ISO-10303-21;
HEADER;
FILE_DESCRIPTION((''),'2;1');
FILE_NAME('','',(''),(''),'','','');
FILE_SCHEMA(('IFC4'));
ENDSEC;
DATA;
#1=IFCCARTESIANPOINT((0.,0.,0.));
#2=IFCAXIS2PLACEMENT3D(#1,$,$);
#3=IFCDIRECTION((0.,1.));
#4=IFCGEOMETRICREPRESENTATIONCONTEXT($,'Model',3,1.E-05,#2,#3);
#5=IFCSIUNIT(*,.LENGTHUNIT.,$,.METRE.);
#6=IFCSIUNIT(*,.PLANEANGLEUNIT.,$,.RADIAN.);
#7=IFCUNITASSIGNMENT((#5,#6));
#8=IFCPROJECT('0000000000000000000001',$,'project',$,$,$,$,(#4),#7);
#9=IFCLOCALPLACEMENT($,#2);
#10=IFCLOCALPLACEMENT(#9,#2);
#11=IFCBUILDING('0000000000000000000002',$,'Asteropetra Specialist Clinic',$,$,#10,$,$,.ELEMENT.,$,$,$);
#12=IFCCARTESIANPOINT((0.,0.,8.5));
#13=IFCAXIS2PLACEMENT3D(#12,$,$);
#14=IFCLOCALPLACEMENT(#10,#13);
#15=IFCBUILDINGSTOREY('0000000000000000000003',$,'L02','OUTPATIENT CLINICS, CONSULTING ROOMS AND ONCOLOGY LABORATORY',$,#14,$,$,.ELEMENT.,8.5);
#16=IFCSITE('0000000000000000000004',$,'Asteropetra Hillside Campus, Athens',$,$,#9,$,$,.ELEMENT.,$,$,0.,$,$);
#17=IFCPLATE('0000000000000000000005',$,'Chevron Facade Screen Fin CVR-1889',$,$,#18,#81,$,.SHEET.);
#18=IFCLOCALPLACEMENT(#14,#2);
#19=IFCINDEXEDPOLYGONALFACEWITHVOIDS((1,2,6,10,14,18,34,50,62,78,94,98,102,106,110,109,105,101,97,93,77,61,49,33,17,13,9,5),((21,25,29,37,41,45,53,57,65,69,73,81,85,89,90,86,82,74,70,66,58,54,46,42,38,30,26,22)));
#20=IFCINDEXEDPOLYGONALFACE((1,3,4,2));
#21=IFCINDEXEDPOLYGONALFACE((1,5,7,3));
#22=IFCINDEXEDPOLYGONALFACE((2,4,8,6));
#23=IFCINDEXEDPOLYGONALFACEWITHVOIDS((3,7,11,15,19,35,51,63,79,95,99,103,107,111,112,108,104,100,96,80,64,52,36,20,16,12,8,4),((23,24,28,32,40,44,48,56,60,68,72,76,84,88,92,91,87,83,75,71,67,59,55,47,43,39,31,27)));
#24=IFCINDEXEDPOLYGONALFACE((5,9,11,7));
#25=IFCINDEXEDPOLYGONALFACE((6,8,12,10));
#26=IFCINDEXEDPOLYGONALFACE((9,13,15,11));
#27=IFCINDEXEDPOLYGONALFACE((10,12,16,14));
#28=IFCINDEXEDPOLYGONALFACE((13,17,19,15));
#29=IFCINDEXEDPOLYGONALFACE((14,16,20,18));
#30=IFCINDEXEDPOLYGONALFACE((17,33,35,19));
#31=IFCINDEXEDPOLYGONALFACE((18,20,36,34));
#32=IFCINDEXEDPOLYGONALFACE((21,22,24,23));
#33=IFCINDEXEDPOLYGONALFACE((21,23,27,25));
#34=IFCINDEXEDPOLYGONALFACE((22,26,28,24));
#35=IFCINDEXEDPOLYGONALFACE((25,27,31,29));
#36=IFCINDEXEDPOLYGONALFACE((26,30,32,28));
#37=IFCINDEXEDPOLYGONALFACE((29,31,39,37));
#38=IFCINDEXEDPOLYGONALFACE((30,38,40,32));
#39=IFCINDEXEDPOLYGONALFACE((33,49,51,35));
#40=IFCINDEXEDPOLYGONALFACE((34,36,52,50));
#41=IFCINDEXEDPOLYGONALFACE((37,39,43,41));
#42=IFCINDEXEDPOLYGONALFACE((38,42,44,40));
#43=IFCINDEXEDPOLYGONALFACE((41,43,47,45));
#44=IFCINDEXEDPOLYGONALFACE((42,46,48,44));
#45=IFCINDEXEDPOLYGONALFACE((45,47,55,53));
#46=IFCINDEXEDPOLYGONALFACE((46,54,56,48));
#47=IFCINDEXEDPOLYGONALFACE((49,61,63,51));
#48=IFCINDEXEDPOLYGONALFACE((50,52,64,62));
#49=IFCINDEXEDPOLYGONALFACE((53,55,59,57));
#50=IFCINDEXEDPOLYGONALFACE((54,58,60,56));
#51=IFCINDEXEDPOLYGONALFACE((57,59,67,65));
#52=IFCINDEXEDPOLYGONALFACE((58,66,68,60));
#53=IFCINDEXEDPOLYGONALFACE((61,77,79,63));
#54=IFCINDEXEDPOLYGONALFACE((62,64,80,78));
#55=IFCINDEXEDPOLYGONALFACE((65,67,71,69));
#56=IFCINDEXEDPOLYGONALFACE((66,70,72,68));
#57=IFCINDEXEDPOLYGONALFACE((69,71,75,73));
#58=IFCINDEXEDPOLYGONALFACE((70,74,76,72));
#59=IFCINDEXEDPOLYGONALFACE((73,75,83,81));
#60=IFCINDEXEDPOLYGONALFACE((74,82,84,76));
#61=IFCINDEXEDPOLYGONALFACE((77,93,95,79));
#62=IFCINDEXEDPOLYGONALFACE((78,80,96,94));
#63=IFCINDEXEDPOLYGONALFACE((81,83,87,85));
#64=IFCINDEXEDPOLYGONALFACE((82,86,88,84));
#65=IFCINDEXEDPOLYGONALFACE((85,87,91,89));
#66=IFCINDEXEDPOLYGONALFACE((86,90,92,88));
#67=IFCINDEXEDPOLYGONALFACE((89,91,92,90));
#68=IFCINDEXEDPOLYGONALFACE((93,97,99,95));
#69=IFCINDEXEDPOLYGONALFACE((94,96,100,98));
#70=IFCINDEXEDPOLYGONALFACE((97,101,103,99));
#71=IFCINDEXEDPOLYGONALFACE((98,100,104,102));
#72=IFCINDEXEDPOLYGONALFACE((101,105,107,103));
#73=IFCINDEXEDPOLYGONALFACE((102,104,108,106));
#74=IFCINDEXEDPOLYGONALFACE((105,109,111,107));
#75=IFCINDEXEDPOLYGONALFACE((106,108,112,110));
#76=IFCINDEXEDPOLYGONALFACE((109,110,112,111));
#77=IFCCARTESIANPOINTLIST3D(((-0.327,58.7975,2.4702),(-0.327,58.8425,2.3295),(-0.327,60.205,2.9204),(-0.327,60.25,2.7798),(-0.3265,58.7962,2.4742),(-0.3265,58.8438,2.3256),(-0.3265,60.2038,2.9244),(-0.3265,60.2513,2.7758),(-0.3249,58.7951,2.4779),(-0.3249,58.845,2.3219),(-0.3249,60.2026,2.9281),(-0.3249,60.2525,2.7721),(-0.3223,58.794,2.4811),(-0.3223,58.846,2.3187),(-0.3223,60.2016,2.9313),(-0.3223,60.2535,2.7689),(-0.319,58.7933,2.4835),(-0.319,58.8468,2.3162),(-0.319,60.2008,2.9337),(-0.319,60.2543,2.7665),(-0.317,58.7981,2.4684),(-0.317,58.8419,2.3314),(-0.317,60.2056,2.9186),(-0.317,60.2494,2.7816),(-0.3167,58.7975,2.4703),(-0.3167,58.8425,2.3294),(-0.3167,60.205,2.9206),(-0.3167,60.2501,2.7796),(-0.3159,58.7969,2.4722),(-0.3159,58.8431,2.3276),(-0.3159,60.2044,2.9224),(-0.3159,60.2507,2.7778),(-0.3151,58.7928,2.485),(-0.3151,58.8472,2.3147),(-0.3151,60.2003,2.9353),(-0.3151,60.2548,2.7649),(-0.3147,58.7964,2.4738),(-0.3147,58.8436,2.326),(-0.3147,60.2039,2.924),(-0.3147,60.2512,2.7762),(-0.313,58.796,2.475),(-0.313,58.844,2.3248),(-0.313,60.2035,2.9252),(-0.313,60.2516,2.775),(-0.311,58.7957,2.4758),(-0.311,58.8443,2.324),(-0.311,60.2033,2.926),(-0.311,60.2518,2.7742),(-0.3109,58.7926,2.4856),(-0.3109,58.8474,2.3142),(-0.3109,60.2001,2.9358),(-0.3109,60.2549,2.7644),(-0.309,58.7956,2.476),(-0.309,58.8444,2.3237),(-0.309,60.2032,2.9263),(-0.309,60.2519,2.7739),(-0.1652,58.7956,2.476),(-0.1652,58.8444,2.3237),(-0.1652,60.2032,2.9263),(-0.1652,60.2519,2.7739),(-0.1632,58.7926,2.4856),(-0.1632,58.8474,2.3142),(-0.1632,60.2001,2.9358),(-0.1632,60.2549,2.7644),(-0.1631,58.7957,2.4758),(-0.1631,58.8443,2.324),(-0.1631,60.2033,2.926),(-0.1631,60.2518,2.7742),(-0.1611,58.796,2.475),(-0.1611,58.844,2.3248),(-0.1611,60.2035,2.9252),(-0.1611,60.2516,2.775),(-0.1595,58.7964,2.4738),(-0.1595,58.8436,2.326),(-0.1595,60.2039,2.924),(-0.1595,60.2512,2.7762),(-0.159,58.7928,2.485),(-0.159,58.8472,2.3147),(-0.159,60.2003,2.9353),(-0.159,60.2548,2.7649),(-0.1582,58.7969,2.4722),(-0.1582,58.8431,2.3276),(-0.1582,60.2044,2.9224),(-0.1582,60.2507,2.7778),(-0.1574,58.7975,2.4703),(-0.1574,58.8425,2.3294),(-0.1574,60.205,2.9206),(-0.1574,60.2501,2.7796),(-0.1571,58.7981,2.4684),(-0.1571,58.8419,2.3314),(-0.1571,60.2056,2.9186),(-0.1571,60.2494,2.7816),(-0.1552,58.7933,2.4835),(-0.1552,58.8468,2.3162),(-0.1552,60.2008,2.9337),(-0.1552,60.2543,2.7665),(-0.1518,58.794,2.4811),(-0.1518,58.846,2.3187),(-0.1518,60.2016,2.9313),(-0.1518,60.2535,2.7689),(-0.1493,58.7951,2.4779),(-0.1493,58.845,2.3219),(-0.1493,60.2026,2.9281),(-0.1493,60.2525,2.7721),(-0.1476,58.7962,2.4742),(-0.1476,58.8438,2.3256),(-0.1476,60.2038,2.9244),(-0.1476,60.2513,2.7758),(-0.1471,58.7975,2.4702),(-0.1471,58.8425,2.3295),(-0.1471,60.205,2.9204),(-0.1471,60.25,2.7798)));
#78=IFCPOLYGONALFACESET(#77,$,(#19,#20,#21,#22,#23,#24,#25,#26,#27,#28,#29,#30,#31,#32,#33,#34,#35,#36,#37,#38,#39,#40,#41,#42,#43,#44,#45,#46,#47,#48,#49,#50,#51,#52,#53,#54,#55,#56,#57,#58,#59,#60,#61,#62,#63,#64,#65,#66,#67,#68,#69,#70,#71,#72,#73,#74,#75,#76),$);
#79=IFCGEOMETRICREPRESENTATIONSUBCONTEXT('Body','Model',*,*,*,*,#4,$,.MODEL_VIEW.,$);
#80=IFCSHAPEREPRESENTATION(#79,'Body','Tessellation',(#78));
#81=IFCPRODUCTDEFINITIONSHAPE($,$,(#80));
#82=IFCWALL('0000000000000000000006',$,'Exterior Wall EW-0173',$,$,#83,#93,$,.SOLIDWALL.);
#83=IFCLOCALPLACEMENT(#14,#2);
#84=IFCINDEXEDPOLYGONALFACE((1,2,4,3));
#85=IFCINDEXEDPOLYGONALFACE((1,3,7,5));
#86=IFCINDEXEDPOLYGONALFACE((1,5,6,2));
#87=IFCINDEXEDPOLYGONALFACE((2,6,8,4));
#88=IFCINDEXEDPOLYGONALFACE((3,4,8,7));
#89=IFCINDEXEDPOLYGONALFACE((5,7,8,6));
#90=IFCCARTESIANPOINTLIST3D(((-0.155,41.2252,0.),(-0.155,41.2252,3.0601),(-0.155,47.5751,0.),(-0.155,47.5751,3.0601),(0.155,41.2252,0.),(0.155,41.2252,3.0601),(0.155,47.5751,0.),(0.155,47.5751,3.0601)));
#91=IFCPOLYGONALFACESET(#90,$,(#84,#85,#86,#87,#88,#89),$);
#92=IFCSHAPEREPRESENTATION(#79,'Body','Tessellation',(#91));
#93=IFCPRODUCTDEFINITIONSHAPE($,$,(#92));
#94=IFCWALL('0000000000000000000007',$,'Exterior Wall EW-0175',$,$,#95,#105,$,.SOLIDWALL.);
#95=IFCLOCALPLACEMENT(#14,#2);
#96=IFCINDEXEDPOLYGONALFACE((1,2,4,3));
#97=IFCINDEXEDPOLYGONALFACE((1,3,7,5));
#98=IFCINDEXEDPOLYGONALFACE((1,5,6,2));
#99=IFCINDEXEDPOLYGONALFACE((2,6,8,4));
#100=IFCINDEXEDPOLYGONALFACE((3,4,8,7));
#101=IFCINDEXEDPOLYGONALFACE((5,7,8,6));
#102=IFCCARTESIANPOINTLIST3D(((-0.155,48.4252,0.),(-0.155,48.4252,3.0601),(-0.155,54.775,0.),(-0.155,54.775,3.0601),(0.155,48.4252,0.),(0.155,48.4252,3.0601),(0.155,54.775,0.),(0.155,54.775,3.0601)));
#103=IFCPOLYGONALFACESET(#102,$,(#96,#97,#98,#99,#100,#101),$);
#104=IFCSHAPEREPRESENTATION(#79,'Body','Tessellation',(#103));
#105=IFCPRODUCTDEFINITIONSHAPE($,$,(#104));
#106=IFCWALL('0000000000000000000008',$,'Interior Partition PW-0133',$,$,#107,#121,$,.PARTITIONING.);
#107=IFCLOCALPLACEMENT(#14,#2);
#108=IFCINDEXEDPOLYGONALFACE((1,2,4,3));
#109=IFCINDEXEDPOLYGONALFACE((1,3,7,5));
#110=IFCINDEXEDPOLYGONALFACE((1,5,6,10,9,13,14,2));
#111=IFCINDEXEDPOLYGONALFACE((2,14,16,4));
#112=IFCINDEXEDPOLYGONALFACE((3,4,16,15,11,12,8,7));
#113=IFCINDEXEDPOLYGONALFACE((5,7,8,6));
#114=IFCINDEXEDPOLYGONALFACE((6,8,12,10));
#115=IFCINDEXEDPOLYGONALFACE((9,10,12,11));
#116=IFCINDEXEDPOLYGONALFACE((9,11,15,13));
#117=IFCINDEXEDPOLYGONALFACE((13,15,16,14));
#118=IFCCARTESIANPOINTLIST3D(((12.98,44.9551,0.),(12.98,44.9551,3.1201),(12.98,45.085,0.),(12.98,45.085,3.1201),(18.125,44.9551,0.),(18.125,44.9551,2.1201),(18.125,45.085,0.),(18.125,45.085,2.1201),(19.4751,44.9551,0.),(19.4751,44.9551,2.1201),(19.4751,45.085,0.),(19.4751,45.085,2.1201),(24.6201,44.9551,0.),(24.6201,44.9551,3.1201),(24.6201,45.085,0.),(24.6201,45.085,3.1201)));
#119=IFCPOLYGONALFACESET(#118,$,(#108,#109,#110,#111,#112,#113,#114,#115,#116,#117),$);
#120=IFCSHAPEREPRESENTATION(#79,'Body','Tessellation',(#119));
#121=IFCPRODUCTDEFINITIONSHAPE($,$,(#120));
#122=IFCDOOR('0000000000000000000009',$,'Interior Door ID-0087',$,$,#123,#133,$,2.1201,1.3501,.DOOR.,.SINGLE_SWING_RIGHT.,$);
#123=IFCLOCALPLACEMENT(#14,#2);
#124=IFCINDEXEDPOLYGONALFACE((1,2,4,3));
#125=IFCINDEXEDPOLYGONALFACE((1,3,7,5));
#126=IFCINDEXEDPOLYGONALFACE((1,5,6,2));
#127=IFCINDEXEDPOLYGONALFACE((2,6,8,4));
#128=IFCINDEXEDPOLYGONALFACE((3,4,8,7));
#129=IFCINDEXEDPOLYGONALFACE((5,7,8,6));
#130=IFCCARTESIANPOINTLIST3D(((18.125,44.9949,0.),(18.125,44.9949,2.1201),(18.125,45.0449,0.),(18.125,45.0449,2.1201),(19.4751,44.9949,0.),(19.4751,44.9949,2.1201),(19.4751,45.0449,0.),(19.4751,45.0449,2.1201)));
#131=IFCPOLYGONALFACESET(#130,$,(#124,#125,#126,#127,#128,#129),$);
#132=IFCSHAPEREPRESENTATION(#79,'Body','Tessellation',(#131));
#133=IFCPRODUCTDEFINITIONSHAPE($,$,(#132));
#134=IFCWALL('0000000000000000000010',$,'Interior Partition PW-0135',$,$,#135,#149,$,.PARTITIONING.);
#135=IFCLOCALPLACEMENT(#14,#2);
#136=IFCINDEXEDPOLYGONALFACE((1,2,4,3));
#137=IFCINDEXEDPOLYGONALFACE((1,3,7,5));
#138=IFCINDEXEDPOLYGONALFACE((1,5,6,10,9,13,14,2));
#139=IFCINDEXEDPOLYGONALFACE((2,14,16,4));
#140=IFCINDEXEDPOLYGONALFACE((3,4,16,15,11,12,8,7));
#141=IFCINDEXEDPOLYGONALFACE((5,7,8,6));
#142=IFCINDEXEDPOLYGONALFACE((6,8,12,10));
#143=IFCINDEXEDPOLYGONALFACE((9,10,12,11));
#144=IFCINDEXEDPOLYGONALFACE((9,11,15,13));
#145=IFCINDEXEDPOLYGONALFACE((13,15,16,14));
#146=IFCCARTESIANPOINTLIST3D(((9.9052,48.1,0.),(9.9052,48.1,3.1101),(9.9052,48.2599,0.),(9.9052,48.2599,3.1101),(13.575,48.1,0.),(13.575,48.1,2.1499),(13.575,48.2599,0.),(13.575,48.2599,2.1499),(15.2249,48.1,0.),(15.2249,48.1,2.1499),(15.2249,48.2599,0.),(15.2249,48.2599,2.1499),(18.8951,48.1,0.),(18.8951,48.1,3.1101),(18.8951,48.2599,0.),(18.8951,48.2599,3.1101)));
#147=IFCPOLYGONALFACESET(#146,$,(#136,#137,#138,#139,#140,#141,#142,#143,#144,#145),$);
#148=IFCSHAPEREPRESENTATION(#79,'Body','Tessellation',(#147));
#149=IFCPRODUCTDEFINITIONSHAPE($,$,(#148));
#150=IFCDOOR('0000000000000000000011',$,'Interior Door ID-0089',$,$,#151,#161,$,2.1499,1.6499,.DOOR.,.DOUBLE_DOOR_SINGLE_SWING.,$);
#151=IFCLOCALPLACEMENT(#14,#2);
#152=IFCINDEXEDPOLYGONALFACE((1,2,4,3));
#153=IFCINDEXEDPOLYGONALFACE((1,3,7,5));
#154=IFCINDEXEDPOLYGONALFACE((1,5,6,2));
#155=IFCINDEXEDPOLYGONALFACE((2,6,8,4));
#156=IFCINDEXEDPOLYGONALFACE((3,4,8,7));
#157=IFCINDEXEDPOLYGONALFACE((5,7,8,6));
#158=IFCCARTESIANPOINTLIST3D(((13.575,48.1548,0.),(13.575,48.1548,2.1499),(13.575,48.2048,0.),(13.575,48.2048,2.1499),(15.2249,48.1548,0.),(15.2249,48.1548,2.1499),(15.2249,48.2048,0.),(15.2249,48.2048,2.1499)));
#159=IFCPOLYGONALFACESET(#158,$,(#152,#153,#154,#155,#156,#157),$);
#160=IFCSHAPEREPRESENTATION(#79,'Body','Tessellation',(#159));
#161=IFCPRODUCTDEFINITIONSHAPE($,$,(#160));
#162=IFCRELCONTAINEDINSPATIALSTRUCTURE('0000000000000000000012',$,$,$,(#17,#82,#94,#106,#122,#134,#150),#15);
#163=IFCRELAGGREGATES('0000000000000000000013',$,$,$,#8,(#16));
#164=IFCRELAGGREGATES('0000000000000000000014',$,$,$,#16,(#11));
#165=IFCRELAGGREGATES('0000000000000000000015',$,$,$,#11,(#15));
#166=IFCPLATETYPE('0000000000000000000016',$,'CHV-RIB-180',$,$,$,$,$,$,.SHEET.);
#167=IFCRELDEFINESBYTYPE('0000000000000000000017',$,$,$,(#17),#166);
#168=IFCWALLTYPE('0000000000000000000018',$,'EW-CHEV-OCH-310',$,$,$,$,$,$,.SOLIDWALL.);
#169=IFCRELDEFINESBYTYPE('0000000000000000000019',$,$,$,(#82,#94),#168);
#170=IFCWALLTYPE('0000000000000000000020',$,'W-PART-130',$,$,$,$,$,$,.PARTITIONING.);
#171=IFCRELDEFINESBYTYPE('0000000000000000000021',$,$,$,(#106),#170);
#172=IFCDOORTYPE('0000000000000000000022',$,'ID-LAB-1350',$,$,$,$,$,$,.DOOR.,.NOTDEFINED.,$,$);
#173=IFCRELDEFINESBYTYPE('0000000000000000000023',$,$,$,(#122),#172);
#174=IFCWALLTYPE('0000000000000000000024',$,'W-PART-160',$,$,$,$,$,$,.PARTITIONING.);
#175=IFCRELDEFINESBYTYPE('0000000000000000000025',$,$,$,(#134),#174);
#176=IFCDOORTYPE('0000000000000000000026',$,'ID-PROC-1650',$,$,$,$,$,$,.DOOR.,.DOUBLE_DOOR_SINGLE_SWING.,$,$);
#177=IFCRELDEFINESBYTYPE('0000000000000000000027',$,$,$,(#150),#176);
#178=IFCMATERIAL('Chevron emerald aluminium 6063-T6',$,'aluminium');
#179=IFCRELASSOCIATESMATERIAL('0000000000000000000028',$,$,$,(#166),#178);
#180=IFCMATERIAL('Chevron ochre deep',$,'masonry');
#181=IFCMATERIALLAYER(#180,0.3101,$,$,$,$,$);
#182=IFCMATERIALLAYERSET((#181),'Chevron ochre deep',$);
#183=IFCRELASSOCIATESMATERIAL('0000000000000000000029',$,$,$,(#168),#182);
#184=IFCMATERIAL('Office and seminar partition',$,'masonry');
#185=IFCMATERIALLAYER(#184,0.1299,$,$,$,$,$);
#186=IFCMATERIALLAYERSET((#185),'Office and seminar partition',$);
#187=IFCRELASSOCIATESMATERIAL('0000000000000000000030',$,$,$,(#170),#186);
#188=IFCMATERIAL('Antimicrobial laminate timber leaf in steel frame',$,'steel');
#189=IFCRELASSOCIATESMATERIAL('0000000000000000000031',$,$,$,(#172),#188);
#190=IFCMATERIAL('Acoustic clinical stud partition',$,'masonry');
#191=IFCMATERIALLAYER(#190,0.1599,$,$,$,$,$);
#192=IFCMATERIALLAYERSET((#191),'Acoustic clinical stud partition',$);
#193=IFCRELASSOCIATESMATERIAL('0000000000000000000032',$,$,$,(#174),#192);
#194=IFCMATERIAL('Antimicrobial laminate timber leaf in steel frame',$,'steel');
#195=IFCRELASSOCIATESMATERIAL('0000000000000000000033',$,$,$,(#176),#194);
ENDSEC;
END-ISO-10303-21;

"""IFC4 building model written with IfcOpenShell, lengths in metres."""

from ifc_helpers import new_model, si_unit, direction, frame, frame_2d, origin, origin_2d, place, context, subcontext, project, spatial, rectangle, hollow_rectangle, extrude, material, layer, layer_set, material_profile, profile_set, type_object, element, fill, save


model = new_model("IFC4")

# Units and contexts
model_context = context("Model", 3, precision=1e-05, world=origin(), true_north=direction((0.0, 1.0)))
body_context = subcontext(model_context, "Body", "Model", "MODEL_VIEW")
ifc_project = project(units=[si_unit("LENGTHUNIT", "METRE"), si_unit("PLANEANGLEUNIT", "RADIAN")], contexts=[model_context])

# Site, building, storey
site_placement = place(None, origin())
site = spatial("IfcSite", under=ifc_project, at=site_placement, Name="Asteropetra Hillside Campus, Athens", CompositionType="ELEMENT", RefElevation=0.0)
building_placement = place(site_placement, origin())
building = spatial("IfcBuilding", under=site, at=building_placement, Name="Asteropetra Specialist Clinic", CompositionType="ELEMENT")
storey_placement = place(building_placement, frame((0.0, 0.0, 8.5)))
storey = spatial("IfcBuildingStorey", under=building, at=storey_placement, Name="L02", Description="OUTPATIENT CLINICS, CONSULTING ROOMS AND ONCOLOGY LABORATORY", CompositionType="ELEMENT", Elevation=8.5)

# Plate
ifc_material_1 = material(Name="Chevron emerald aluminium 6063-T6", Category="aluminium")
ifc_material_profile_1 = material_profile(ifc_material_1, hollow_rectangle(XDim=0.1799, YDim=0.1799, WallThickness=0.01, InnerFilletRadius=0.0081, OuterFilletRadius=0.0161, at=origin_2d()), Name="SHS 180x180x10.0")
ifc_profile_set_1 = profile_set([ifc_material_profile_1], Name="Chevron emerald aluminium 6063-T6")
plate_type = type_object("IfcPlateType", Name="CHV-RIB-180", PredefinedType="SHEET", material=ifc_profile_set_1)
plate_placement = place(storey_placement, frame((-0.2371, 60.2275, 2.8501), z_axis=(0.0, -0.952463, -0.304656), x_axis=(1.0, 0.0, 0.0)))
element("IfcPlate", 1, at=plate_placement, inside=storey, type_object=plate_type, Name="Chevron Facade Screen Fin CVR-1889", PredefinedType="SHEET", context=body_context, shape_type="SweptSolid", body=[
    extrude(hollow_rectangle(XDim=0.1799, YDim=0.1799, WallThickness=0.01, InnerFilletRadius=0.0081, OuterFilletRadius=0.0161, at=origin_2d()), origin(), (0.0, 0.0, 1.0), 1.4778),
])

# Walls
ifc_material_2 = material(Name="Chevron ochre deep", Category="masonry")
ifc_layer_1 = layer(ifc_material_2, 0.3101)
ifc_layer_set_1 = layer_set([ifc_layer_1], Name="Chevron ochre deep")
wall_type_1 = type_object("IfcWallType", Name="EW-CHEV-OCH-310", PredefinedType="SOLIDWALL", material=ifc_layer_set_1)
for number, where, z_axis, x_axis, name in (
    (2, (0.0, 47.575, 0.0), (0.0, 0.0, 1.0), (0.0, -1.0, 0.0), "Exterior Wall EW-0173"),
    (3, (0.0, 54.7749, 0.0), (0.0, 0.0, 1.0), (0.0, -1.0, 0.0), "Exterior Wall EW-0175"),
):
    element("IfcWall", number, at=place(storey_placement, frame(where, z_axis=z_axis, x_axis=x_axis)), inside=storey, type_object=wall_type_1, Name=name, PredefinedType="SOLIDWALL", context=body_context, shape_type="SweptSolid", body=[
        extrude(rectangle(XDim=6.3499, YDim=0.3101, at=frame_2d((3.1748, 0.0))), origin(), (0.0, 0.0, 1.0), 3.0601),
    ])

# Walls, openings, doors
ifc_material_3 = material(Name="Office and seminar partition", Category="masonry")
ifc_layer_2 = layer(ifc_material_3, 0.1299)
ifc_layer_set_2 = layer_set([ifc_layer_2], Name="Office and seminar partition")
wall_type_2 = type_object("IfcWallType", Name="W-PART-130", PredefinedType="PARTITIONING", material=ifc_layer_set_2)
wall_1_placement = place(storey_placement, frame((12.98, 45.02, 0.0), z_axis=(0.0, 0.0, 1.0), x_axis=(1.0, 0.0, 0.0)))
wall_1 = element("IfcWall", 4, at=wall_1_placement, inside=storey, type_object=wall_type_2, Name="Interior Partition PW-0133", PredefinedType="PARTITIONING", context=body_context, shape_type="SweptSolid", body=[
    extrude(rectangle(XDim=11.6401, YDim=0.1299, at=frame_2d((5.8201, 0.0))), origin(), (0.0, 0.0, 1.0), 3.1201),
])
opening_1_placement = place(wall_1_placement, frame((5.145, 0.0, 0.0)))
opening_1 = element("IfcOpeningElement", 5, at=opening_1_placement, cuts=wall_1, PredefinedType="OPENING", context=body_context, shape_type="SweptSolid", body=[
    extrude(rectangle(XDim=1.3501, YDim=2.1201, at=frame_2d((0.675, 1.0601))), frame((0.0, 0.075, 0.0), z_axis=(0.0, -1.0, 0.0), x_axis=(1.0, 0.0, 0.0)), (0.0, 0.0, 1.0), 0.1499),
])
ifc_material_4 = material(Name="Antimicrobial laminate timber leaf in steel frame", Category="steel")
door_type_1 = type_object("IfcDoorType", Name="ID-LAB-1350", OperationType="NOTDEFINED", PredefinedType="DOOR", material=ifc_material_4)
door_1_placement = place(opening_1_placement, origin())
door_1 = element("IfcDoor", 6, at=door_1_placement, inside=storey, type_object=door_type_1, Name="Interior Door ID-0087", OperationType="SINGLE_SWING_RIGHT", OverallHeight=2.1201, OverallWidth=1.3501, PredefinedType="DOOR", context=body_context, shape_type="SweptSolid", body=[
    extrude(rectangle(XDim=1.3501, YDim=2.1201, at=frame_2d((0.675, 1.0601))), frame((0.0, 0.0249, 0.0), z_axis=(0.0, -1.0, 0.0), x_axis=(1.0, 0.0, 0.0)), (0.0, 0.0, 1.0), 0.05),
])
fill(opening_1, door_1)
ifc_material_5 = material(Name="Acoustic clinical stud partition", Category="masonry")
ifc_layer_3 = layer(ifc_material_5, 0.1599)
ifc_layer_set_3 = layer_set([ifc_layer_3], Name="Acoustic clinical stud partition")
wall_type_3 = type_object("IfcWallType", Name="W-PART-160", PredefinedType="PARTITIONING", material=ifc_layer_set_3)
wall_2_placement = place(storey_placement, frame((9.905, 48.1799, 0.0), z_axis=(0.0, 0.0, 1.0), x_axis=(1.0, 0.0, 0.0)))
wall_2 = element("IfcWall", 7, at=wall_2_placement, inside=storey, type_object=wall_type_3, Name="Interior Partition PW-0135", PredefinedType="PARTITIONING", context=body_context, shape_type="SweptSolid", body=[
    extrude(rectangle(XDim=8.99, YDim=0.1599, at=frame_2d((4.4951, 0.0))), origin(), (0.0, 0.0, 1.0), 3.1101),
])
opening_2_placement = place(wall_2_placement, frame((3.6699, 0.0, 0.0)))
opening_2 = element("IfcOpeningElement", 8, at=opening_2_placement, cuts=wall_2, PredefinedType="OPENING", context=body_context, shape_type="SweptSolid", body=[
    extrude(rectangle(XDim=1.6499, YDim=2.1499, at=frame_2d((0.825, 1.075))), frame((0.0, 0.0898, 0.0), z_axis=(0.0, -1.0, 0.0), x_axis=(1.0, 0.0, 0.0)), (0.0, 0.0, 1.0), 0.1799),
])
ifc_material_6 = material(Name="Antimicrobial laminate timber leaf in steel frame", Category="steel")
door_type_2 = type_object("IfcDoorType", Name="ID-PROC-1650", OperationType="DOUBLE_DOOR_SINGLE_SWING", PredefinedType="DOOR", material=ifc_material_6)
door_2_placement = place(opening_2_placement, origin())
door_2 = element("IfcDoor", 9, at=door_2_placement, inside=storey, type_object=door_type_2, Name="Interior Door ID-0089", OperationType="DOUBLE_DOOR_SINGLE_SWING", OverallHeight=2.1499, OverallWidth=1.6499, PredefinedType="DOOR", context=body_context, shape_type="SweptSolid", body=[
    extrude(rectangle(XDim=1.6499, YDim=2.1499, at=frame_2d((0.825, 1.075))), frame((0.0, 0.0249, 0.0), z_axis=(0.0, -1.0, 0.0), x_axis=(1.0, 0.0, 0.0)), (0.0, 0.0, 1.0), 0.05),
])
fill(opening_2, door_2)

save(model, "model.ifc")
